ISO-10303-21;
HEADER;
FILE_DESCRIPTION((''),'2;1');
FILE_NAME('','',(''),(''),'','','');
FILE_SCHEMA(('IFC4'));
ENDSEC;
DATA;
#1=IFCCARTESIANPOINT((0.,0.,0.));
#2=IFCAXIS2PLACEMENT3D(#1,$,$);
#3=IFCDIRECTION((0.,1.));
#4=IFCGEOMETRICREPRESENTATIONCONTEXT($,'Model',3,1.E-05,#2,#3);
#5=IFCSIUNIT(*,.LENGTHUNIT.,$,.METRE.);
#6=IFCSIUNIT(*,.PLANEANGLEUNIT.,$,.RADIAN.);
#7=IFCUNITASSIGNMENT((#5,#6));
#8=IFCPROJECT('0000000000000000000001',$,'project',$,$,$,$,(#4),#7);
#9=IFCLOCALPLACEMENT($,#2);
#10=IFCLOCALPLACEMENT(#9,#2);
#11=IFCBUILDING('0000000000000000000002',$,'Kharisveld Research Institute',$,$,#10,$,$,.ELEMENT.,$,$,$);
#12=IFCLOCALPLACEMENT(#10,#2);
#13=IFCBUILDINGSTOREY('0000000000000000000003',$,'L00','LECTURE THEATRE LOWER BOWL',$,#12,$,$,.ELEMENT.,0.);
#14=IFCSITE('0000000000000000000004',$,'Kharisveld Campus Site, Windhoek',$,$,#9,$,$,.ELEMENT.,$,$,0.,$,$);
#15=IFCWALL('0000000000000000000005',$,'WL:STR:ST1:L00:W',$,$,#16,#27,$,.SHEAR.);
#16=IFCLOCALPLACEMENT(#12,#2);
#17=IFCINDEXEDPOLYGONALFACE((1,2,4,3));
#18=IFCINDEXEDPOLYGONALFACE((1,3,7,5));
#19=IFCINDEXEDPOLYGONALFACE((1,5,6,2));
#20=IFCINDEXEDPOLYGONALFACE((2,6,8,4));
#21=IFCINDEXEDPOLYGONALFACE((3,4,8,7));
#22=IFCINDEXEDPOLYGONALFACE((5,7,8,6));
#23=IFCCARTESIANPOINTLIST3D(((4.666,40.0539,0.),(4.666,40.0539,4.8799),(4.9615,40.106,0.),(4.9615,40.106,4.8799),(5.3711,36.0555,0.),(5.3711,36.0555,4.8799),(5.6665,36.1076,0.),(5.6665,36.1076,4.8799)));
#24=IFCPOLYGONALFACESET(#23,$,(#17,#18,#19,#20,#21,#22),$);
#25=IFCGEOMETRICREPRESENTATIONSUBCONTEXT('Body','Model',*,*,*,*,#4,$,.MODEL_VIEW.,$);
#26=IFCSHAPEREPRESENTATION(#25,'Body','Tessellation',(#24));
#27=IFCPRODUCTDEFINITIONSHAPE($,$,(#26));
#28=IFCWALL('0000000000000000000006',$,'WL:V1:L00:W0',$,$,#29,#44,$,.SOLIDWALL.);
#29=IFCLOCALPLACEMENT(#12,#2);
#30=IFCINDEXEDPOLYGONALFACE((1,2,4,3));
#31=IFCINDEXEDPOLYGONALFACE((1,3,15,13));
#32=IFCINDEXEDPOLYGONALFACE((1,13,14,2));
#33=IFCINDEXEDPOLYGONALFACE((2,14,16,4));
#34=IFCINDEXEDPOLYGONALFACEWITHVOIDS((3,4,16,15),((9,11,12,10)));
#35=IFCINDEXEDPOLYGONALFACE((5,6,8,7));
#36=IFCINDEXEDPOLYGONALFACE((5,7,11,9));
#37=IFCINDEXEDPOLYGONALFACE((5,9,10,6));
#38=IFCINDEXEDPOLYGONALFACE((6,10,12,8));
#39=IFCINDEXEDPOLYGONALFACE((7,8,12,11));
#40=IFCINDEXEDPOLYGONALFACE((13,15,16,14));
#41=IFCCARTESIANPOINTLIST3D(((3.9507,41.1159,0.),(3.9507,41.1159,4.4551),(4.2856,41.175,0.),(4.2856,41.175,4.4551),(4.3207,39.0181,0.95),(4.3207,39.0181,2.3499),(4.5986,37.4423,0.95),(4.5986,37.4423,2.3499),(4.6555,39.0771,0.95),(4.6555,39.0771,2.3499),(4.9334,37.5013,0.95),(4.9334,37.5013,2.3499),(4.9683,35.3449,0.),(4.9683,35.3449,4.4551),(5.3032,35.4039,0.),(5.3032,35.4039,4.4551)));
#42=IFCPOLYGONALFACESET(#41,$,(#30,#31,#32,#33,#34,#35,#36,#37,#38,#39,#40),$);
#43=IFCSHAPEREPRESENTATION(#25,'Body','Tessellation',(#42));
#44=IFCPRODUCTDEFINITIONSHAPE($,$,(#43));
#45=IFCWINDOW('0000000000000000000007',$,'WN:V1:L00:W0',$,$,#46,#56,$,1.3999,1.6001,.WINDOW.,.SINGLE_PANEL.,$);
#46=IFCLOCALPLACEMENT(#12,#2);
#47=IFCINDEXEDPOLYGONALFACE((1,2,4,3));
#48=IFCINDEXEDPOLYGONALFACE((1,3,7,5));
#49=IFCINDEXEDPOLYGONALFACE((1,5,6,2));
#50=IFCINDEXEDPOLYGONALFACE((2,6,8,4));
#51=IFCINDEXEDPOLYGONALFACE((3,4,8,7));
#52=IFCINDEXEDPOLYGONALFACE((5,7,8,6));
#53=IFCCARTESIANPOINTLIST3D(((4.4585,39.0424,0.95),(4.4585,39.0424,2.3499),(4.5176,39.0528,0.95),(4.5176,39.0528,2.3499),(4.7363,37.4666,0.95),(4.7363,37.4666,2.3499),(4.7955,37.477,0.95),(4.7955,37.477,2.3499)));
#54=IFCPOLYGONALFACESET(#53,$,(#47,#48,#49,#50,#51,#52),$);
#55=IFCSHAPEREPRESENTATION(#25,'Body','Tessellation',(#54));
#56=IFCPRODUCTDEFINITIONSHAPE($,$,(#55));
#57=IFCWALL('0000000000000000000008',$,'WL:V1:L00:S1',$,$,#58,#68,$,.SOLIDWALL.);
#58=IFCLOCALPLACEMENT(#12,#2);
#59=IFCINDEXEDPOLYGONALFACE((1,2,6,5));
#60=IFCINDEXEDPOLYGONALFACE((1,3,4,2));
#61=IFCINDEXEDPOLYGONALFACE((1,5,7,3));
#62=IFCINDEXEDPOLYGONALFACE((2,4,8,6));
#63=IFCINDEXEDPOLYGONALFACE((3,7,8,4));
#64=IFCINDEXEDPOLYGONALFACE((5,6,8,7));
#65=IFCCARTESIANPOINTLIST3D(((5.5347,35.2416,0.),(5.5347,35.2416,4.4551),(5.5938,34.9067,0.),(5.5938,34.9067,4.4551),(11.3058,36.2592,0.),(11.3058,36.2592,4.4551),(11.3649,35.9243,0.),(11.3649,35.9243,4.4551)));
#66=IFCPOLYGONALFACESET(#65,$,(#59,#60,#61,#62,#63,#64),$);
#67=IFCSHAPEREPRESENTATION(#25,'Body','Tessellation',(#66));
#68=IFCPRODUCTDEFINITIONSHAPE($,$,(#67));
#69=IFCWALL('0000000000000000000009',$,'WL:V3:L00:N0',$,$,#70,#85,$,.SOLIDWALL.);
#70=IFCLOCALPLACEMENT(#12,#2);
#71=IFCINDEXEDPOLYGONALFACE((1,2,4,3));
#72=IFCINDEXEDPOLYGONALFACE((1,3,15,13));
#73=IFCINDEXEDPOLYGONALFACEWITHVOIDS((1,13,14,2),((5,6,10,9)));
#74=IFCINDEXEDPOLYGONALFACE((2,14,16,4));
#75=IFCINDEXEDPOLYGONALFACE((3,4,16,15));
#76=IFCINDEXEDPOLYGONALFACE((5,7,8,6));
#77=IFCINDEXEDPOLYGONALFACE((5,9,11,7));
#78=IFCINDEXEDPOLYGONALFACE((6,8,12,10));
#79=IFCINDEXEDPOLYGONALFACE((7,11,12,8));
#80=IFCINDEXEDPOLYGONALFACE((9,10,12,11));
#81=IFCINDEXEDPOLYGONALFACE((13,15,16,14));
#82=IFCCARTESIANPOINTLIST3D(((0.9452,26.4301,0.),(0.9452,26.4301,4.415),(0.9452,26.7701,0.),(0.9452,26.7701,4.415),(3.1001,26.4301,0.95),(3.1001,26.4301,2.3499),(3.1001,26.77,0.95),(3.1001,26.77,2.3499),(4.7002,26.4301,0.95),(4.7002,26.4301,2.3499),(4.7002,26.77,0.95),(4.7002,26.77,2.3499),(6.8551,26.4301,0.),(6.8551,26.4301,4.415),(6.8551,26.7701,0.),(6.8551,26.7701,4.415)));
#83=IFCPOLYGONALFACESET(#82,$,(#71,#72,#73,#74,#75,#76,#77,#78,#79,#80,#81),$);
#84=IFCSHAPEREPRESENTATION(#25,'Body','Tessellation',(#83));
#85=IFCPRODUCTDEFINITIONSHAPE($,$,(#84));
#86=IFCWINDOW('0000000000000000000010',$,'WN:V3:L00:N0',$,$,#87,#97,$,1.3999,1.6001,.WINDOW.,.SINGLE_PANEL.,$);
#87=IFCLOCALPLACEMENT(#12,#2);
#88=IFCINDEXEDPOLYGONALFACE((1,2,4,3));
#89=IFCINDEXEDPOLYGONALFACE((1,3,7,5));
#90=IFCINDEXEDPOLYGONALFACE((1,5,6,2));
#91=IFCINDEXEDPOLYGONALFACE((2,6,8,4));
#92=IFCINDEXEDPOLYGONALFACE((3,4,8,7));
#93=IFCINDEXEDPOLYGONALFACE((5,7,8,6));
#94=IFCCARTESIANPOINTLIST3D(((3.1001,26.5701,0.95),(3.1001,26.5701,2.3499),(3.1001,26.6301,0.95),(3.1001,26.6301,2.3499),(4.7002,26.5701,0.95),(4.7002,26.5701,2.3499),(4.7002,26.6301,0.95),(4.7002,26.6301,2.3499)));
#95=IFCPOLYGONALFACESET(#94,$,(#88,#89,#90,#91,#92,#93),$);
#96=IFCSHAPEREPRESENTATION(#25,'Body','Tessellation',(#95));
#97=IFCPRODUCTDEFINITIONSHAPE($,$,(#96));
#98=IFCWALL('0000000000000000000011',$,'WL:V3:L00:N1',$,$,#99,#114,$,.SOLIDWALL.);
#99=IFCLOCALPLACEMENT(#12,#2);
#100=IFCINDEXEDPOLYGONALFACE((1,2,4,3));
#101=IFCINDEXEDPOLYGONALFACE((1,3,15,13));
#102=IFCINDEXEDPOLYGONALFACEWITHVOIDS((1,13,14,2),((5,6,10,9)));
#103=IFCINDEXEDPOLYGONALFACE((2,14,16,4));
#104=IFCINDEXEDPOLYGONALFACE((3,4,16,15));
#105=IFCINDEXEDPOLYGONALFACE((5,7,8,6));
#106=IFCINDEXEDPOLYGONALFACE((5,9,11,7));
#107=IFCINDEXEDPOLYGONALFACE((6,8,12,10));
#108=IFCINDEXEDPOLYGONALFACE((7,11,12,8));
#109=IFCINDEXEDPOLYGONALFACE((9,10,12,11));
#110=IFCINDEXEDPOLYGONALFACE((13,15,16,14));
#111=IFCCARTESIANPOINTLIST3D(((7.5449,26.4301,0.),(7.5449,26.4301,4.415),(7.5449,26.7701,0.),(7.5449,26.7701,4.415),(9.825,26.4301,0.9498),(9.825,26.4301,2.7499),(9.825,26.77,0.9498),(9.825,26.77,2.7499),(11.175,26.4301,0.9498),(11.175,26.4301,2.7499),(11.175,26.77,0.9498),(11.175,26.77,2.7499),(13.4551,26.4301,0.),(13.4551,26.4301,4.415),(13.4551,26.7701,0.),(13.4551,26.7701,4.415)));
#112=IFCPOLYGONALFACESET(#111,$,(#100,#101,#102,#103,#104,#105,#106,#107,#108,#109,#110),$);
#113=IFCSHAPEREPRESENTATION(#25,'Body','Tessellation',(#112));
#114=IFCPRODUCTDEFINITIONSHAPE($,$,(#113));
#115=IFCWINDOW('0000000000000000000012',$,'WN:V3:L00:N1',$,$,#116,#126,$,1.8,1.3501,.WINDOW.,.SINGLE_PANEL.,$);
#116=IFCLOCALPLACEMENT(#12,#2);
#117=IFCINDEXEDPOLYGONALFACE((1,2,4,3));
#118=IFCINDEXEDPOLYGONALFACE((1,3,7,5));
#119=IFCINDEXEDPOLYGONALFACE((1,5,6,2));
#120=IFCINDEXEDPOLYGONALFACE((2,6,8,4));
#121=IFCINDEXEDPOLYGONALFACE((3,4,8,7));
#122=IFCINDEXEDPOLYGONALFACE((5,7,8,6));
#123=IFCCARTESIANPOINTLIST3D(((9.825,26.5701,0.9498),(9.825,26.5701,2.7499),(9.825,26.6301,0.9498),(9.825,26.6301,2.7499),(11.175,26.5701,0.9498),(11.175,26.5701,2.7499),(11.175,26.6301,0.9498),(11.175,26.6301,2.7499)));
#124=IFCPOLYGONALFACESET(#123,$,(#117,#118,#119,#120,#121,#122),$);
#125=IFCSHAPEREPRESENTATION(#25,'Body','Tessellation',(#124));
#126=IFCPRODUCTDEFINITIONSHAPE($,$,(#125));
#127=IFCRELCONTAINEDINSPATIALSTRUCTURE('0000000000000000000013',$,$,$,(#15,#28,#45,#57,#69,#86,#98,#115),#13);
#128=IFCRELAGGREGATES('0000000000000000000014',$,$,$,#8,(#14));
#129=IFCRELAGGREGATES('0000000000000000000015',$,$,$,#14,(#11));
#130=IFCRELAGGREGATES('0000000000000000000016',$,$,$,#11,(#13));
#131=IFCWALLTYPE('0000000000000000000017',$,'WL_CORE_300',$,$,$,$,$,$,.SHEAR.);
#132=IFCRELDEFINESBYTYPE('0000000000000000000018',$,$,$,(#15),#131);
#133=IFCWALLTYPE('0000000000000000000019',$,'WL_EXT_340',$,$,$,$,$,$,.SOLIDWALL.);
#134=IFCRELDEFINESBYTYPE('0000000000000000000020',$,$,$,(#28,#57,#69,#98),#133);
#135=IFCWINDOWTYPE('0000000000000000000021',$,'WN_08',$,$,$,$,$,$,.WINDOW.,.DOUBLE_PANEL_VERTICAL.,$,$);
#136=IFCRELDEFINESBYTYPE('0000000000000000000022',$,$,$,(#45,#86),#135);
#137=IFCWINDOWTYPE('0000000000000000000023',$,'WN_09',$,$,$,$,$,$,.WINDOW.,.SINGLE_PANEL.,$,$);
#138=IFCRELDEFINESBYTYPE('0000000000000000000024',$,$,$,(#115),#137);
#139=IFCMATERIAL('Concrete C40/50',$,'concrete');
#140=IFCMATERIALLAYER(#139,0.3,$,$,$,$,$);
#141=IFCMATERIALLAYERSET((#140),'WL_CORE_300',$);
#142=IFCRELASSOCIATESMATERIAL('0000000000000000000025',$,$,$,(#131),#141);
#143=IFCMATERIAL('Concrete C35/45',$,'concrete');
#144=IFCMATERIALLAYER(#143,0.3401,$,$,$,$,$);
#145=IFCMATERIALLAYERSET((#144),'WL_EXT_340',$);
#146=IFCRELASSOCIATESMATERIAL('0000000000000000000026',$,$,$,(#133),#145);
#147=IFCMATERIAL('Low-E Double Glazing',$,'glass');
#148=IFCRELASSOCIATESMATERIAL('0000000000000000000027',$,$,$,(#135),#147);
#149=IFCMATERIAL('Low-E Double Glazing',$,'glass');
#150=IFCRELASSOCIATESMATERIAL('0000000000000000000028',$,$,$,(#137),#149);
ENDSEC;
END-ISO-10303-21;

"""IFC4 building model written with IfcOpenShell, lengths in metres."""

from ifc_helpers import new_model, si_unit, direction, frame, frame_2d, origin, place, context, subcontext, project, spatial, rectangle, extrude, material, layer, layer_set, type_object, element, fill, save


model = new_model("IFC4")

# Units and contexts
model_context = context("Model", 3, precision=1e-05, world=origin(), true_north=direction((0.0, 1.0)))
body_context = subcontext(model_context, "Body", "Model", "MODEL_VIEW")
ifc_project = project(units=[si_unit("LENGTHUNIT", "METRE"), si_unit("PLANEANGLEUNIT", "RADIAN")], contexts=[model_context])

# Site, building, storey
site_placement = place(None, origin())
site = spatial("IfcSite", under=ifc_project, at=site_placement, Name="Kharisveld Campus Site, Windhoek", CompositionType="ELEMENT", RefElevation=0.0)
building_placement = place(site_placement, origin())
building = spatial("IfcBuilding", under=site, at=building_placement, Name="Kharisveld Research Institute", CompositionType="ELEMENT")
storey_placement = place(building_placement, origin())
storey = spatial("IfcBuildingStorey", under=building, at=storey_placement, Name="L00", Description="LECTURE THEATRE LOWER BOWL", CompositionType="ELEMENT", Elevation=0.0)

# Wall
ifc_material_1 = material(Name="Concrete C40/50", Category="concrete")
ifc_layer_1 = layer(ifc_material_1, 0.3)
ifc_layer_set_1 = layer_set([ifc_layer_1], Name="WL_CORE_300")
wall_type_1 = type_object("IfcWallType", Name="WL_CORE_300", PredefinedType="SHEAR", material=ifc_layer_set_1)
wall_1_placement = place(storey_placement, frame((5.5188, 36.0815, 0.0), z_axis=(0.0, 0.0, 1.0), x_axis=(-0.173665, 0.984805, 0.0)))
element("IfcWall", 1, at=wall_1_placement, inside=storey, type_object=wall_type_1, Name="WL:STR:ST1:L00:W", PredefinedType="SHEAR", context=body_context, shape_type="SweptSolid", body=[
    extrude(rectangle(XDim=4.0601, YDim=0.3, at=frame_2d((2.03, 0.0))), origin(), (0.0, 0.0, 1.0), 4.8799),
])

# Wall, opening, window
ifc_material_2 = material(Name="Concrete C35/45", Category="concrete")
ifc_layer_2 = layer(ifc_material_2, 0.3401)
ifc_layer_set_2 = layer_set([ifc_layer_2], Name="WL_EXT_340")
wall_type_2 = type_object("IfcWallType", Name="WL_EXT_340", PredefinedType="SOLIDWALL", material=ifc_layer_set_2)
wall_2_placement = place(storey_placement, frame((5.1357, 35.3743, 0.0), z_axis=(0.0, 0.0, 1.0), x_axis=(-0.173647, 0.984808, 0.0)))
wall_2 = element("IfcWall", 2, at=wall_2_placement, inside=storey, type_object=wall_type_2, Name="WL:V1:L00:W0", PredefinedType="SOLIDWALL", context=body_context, shape_type="SweptSolid", body=[
    extrude(rectangle(XDim=5.8601, YDim=0.3401, at=frame_2d((2.9302, 0.0))), origin(), (0.0, 0.0, 1.0), 4.4551),
])
opening_1_placement = place(wall_2_placement, frame((2.1299, 0.0, 0.95)))
opening_1 = element("IfcOpeningElement", 3, at=opening_1_placement, cuts=wall_2, PredefinedType="OPENING", context=body_context, shape_type="SweptSolid", body=[
    extrude(rectangle(XDim=1.6001, YDim=1.3999, at=frame_2d((0.8, 0.7))), frame((0.0, 0.1699, 0.0), z_axis=(0.0, -1.0, 0.0), x_axis=(1.0, 0.0, 0.0)), (0.0, 0.0, 1.0), 0.3401),
])
ifc_material_3 = material(Name="Low-E Double Glazing", Category="glass")
window_type_1 = type_object("IfcWindowType", Name="WN_08", PartitioningType="DOUBLE_PANEL_VERTICAL", PredefinedType="WINDOW", material=ifc_material_3)
window_1_placement = place(opening_1_placement, origin())
window_1 = element("IfcWindow", 4, at=window_1_placement, inside=storey, type_object=window_type_1, Name="WN:V1:L00:W0", OverallHeight=1.3999, OverallWidth=1.6001, PartitioningType="SINGLE_PANEL", PredefinedType="WINDOW", context=body_context, shape_type="SweptSolid", body=[
    extrude(rectangle(XDim=1.6001, YDim=1.3999, at=frame_2d((0.8, 0.7))), frame((0.0, 0.03, 0.0), z_axis=(0.0, -1.0, 0.0), x_axis=(1.0, 0.0, 0.0)), (0.0, 0.0, 1.0), 0.0601),
])
fill(opening_1, window_1)

# Wall
wall_3_placement = place(storey_placement, frame((11.3354, 36.0918, 0.0), z_axis=(0.0, 0.0, 1.0), x_axis=(-0.984808, -0.173647, 0.0)))
element("IfcWall", 5, at=wall_3_placement, inside=storey, type_object=wall_type_2, Name="WL:V1:L00:S1", PredefinedType="SOLIDWALL", context=body_context, shape_type="SweptSolid", body=[
    extrude(rectangle(XDim=5.8601, YDim=0.3401, at=frame_2d((2.9302, 0.0))), origin(), (0.0, 0.0, 1.0), 4.4551),
])

# Walls, openings, windows
wall_4_placement = place(storey_placement, frame((0.9451, 26.6001, 0.0), z_axis=(0.0, 0.0, 1.0), x_axis=(1.0, 0.0, 0.0)))
wall_4 = element("IfcWall", 6, at=wall_4_placement, inside=storey, type_object=wall_type_2, Name="WL:V3:L00:N0", PredefinedType="SOLIDWALL", context=body_context, shape_type="SweptSolid", body=[
    extrude(rectangle(XDim=5.9099, YDim=0.3401, at=frame_2d((2.9551, 0.0))), origin(), (0.0, 0.0, 1.0), 4.415),
])
opening_2_placement = place(wall_4_placement, frame((2.155, 0.0, 0.95)))
opening_2 = element("IfcOpeningElement", 7, at=opening_2_placement, cuts=wall_4, PredefinedType="OPENING", context=body_context, shape_type="SweptSolid", body=[
    extrude(rectangle(XDim=1.6001, YDim=1.3999, at=frame_2d((0.8, 0.7))), frame((0.0, 0.1699, 0.0), z_axis=(0.0, -1.0, 0.0), x_axis=(1.0, 0.0, 0.0)), (0.0, 0.0, 1.0), 0.3401),
])
window_2_placement = place(opening_2_placement, origin())
window_2 = element("IfcWindow", 8, at=window_2_placement, inside=storey, type_object=window_type_1, Name="WN:V3:L00:N0", OverallHeight=1.3999, OverallWidth=1.6001, PartitioningType="SINGLE_PANEL", PredefinedType="WINDOW", context=body_context, shape_type="SweptSolid", body=[
    extrude(rectangle(XDim=1.6001, YDim=1.3999, at=frame_2d((0.8, 0.7))), frame((0.0, 0.03, 0.0), z_axis=(0.0, -1.0, 0.0), x_axis=(1.0, 0.0, 0.0)), (0.0, 0.0, 1.0), 0.0601),
])
fill(opening_2, window_2)
wall_5_placement = place(storey_placement, frame((7.5449, 26.6001, 0.0), z_axis=(0.0, 0.0, 1.0), x_axis=(1.0, 0.0, 0.0)))
wall_5 = element("IfcWall", 9, at=wall_5_placement, inside=storey, type_object=wall_type_2, Name="WL:V3:L00:N1", PredefinedType="SOLIDWALL", context=body_context, shape_type="SweptSolid", body=[
    extrude(rectangle(XDim=5.9102, YDim=0.3401, at=frame_2d((2.9551, 0.0))), origin(), (0.0, 0.0, 1.0), 4.415),
])
opening_3_placement = place(wall_5_placement, frame((2.28, 0.0, 0.95)))
opening_3 = element("IfcOpeningElement", 10, at=opening_3_placement, cuts=wall_5, PredefinedType="OPENING", context=body_context, shape_type="SweptSolid", body=[
    extrude(rectangle(XDim=1.3501, YDim=1.8, at=frame_2d((0.675, 0.8999))), frame((0.0, 0.1699, 0.0), z_axis=(0.0, -1.0, 0.0), x_axis=(1.0, 0.0, 0.0)), (0.0, 0.0, 1.0), 0.3401),
])
ifc_material_4 = material(Name="Low-E Double Glazing", Category="glass")
window_type_2 = type_object("IfcWindowType", Name="WN_09", PartitioningType="SINGLE_PANEL", PredefinedType="WINDOW", material=ifc_material_4)
window_3_placement = place(opening_3_placement, origin())
window_3 = element("IfcWindow", 11, at=window_3_placement, inside=storey, type_object=window_type_2, Name="WN:V3:L00:N1", OverallHeight=1.8, OverallWidth=1.3501, PartitioningType="SINGLE_PANEL", PredefinedType="WINDOW", context=body_context, shape_type="SweptSolid", body=[
    extrude(rectangle(XDim=1.3501, YDim=1.8, at=frame_2d((0.675, 0.8999))), frame((0.0, 0.03, 0.0), z_axis=(0.0, -1.0, 0.0), x_axis=(1.0, 0.0, 0.0)), (0.0, 0.0, 1.0), 0.0601),
])
fill(opening_3, window_3)

save(model, "model.ifc")
